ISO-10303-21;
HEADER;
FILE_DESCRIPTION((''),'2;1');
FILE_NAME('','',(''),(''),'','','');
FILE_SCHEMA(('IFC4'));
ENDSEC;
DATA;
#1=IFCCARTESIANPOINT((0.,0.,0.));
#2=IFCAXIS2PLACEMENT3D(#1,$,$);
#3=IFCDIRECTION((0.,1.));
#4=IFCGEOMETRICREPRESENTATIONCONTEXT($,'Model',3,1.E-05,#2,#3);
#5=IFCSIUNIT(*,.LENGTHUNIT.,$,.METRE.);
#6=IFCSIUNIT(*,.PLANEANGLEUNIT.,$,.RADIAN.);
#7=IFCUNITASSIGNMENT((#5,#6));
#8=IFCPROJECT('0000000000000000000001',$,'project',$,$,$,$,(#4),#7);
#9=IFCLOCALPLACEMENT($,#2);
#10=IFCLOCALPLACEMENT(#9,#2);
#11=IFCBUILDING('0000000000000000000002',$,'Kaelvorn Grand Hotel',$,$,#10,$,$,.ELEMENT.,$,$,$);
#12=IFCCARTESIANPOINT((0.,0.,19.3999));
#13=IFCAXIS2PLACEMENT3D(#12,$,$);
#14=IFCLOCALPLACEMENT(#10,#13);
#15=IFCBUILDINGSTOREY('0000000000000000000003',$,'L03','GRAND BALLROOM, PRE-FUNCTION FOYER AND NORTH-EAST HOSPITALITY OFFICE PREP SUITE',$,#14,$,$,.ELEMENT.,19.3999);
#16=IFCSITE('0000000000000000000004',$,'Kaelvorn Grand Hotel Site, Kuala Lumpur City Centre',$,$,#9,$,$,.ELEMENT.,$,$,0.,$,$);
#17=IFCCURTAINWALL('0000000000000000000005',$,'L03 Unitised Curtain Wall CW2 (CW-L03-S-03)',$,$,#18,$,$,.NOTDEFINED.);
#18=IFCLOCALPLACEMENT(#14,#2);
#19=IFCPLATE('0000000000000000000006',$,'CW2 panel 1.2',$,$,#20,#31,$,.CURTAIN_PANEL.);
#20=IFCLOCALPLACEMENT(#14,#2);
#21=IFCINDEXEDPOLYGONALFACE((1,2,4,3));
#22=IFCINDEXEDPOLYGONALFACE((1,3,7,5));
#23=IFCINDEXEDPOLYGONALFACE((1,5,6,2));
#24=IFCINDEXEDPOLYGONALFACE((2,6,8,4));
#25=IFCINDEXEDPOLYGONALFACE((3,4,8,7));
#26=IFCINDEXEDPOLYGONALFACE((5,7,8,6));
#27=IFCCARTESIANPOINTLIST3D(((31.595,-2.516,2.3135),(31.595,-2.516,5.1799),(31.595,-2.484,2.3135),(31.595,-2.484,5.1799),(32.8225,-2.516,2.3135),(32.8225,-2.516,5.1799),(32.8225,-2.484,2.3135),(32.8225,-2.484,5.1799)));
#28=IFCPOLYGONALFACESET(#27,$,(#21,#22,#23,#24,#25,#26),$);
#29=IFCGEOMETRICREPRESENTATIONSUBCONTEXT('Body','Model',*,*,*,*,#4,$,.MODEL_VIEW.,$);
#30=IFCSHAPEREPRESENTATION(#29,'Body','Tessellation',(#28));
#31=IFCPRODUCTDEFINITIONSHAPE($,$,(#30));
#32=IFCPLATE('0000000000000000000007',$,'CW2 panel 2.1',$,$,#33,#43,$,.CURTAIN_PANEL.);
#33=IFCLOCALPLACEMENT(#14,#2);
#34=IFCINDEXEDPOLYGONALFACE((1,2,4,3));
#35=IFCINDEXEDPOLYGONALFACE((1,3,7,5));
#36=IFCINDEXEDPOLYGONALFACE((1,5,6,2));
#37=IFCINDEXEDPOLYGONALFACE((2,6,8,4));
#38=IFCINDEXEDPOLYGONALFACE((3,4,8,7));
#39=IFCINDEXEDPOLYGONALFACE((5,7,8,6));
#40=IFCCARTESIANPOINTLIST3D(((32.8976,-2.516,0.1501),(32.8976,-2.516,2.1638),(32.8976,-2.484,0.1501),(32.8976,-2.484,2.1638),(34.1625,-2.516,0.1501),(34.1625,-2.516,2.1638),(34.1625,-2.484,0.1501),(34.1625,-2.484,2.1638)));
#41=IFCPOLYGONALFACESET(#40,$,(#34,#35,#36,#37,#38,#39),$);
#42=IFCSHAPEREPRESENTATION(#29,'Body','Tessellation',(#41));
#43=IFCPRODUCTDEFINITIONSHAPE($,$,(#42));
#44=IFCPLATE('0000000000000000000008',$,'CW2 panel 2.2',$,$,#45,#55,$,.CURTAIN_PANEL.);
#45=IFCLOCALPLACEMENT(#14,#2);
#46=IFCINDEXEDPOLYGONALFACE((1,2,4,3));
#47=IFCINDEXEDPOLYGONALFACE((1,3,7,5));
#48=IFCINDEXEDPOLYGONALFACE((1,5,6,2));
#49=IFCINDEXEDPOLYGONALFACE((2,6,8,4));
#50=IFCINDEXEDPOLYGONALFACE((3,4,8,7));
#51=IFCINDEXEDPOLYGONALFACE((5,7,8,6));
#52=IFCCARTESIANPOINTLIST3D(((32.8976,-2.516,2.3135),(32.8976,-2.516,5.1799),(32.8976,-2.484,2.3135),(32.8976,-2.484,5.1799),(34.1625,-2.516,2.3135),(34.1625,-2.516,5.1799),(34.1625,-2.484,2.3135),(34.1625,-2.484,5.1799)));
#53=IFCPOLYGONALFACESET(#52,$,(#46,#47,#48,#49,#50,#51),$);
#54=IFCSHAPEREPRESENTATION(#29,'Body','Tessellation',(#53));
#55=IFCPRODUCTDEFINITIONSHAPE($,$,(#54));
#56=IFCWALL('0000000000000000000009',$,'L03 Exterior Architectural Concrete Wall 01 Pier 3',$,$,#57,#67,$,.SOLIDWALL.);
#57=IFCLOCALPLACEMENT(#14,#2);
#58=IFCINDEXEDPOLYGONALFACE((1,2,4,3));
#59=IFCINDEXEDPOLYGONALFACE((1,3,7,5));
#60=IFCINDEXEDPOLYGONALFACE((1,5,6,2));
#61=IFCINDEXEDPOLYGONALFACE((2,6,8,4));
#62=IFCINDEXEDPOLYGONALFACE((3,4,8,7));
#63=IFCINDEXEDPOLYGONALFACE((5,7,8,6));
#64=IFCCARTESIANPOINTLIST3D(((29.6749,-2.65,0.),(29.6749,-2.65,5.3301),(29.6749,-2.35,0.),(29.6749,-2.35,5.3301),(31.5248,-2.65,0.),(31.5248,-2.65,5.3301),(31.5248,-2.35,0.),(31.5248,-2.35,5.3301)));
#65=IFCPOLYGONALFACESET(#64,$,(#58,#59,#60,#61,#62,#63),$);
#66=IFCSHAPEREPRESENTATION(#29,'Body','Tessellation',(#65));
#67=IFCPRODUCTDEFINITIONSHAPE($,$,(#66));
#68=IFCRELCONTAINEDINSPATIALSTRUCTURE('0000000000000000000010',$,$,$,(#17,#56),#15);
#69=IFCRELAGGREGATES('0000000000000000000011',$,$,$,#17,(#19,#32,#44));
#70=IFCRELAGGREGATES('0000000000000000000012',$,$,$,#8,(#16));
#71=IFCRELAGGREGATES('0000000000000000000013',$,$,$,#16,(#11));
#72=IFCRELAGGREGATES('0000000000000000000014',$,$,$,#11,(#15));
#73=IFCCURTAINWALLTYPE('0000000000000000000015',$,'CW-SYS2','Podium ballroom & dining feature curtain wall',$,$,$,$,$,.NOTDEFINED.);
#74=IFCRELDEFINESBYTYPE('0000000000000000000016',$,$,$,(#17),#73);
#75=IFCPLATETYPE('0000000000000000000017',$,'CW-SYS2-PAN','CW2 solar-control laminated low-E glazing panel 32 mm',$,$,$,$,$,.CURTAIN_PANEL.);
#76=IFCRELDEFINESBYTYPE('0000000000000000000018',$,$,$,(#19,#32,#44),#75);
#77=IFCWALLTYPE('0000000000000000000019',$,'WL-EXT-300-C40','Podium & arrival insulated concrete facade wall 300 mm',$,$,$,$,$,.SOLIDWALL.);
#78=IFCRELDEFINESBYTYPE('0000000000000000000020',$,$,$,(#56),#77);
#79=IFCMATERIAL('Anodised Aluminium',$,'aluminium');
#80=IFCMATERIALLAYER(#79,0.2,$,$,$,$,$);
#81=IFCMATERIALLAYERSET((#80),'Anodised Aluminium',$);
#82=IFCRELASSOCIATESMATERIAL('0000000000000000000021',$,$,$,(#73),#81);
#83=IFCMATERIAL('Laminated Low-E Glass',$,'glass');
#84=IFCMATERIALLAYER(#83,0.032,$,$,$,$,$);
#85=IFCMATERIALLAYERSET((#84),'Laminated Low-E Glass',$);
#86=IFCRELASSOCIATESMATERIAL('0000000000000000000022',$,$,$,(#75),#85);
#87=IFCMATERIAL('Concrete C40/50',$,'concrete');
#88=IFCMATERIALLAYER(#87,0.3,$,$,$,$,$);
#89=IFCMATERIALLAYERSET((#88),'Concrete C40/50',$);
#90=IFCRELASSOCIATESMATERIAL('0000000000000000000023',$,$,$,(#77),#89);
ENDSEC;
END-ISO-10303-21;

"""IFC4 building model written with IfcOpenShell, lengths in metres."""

from ifc_helpers import new_model, si_unit, direction, frame, frame_2d, origin, origin_2d, place, context, subcontext, project, spatial, rectangle, extrude, material, layer, layer_set, type_object, element, aggregate, save


model = new_model("IFC4")

# Units and contexts
model_context = context("Model", 3, precision=1e-05, world=origin(), true_north=direction((0.0, 1.0)))
body_context = subcontext(model_context, "Body", "Model", "MODEL_VIEW")
ifc_project = project(units=[si_unit("LENGTHUNIT", "METRE"), si_unit("PLANEANGLEUNIT", "RADIAN")], contexts=[model_context])

# Site, building, storey
site_placement = place(None, origin())
site = spatial("IfcSite", under=ifc_project, at=site_placement, Name="Kaelvorn Grand Hotel Site, Kuala Lumpur City Centre", CompositionType="ELEMENT", RefElevation=0.0)
building_placement = place(site_placement, origin())
building = spatial("IfcBuilding", under=site, at=building_placement, Name="Kaelvorn Grand Hotel", CompositionType="ELEMENT")
storey_placement = place(building_placement, frame((0.0, 0.0, 19.3999)))
storey = spatial("IfcBuildingStorey", under=building, at=storey_placement, Name="L03", Description="GRAND BALLROOM, PRE-FUNCTION FOYER AND NORTH-EAST HOSPITALITY OFFICE PREP SUITE", CompositionType="ELEMENT", Elevation=19.3999)

# Curtain wall
ifc_material_1 = material(Name="Anodised Aluminium", Category="aluminium")
ifc_layer_1 = layer(ifc_material_1, 0.2)
ifc_layer_set_1 = layer_set([ifc_layer_1], Name="Anodised Aluminium")
curtain_wall_type = type_object("IfcCurtainWallType", Name="CW-SYS2", Description="Podium ballroom & dining feature curtain wall", PredefinedType="NOTDEFINED", material=ifc_layer_set_1)
curtain_wall_1_placement = place(storey_placement, origin())
curtain_wall_1 = element("IfcCurtainWall", 1, at=curtain_wall_1_placement, inside=storey, type_object=curtain_wall_type, Name="L03 Unitised Curtain Wall CW2 (CW-L03-S-03)", PredefinedType="NOTDEFINED")

# Plates
ifc_material_2 = material(Name="Laminated Low-E Glass", Category="glass")
ifc_layer_2 = layer(ifc_material_2, 0.032)
ifc_layer_set_2 = layer_set([ifc_layer_2], Name="Laminated Low-E Glass")
plate_type = type_object("IfcPlateType", Name="CW-SYS2-PAN", Description="CW2 solar-control laminated low-E glazing panel 32 mm", PredefinedType="CURTAIN_PANEL", material=ifc_layer_set_2)
plate_1_placement = place(storey_placement, frame((32.2087, -2.5, 2.3135), z_axis=(0.0, 0.0, 1.0), x_axis=(1.0, 0.0, 0.0)))
plate_1 = element("IfcPlate", 2, at=plate_1_placement, type_object=plate_type, Name="CW2 panel 1.2", PredefinedType="CURTAIN_PANEL", context=body_context, shape_type="SweptSolid", body=[
    extrude(rectangle(XDim=1.2275, YDim=0.032, at=origin_2d()), origin(), (0.0, 0.0, 1.0), 2.8665),
])
plate_2_placement = place(storey_placement, frame((33.53, -2.5, 0.1501), z_axis=(0.0, 0.0, 1.0), x_axis=(1.0, 0.0, 0.0)))
plate_2 = element("IfcPlate", 3, at=plate_2_placement, type_object=plate_type, Name="CW2 panel 2.1", PredefinedType="CURTAIN_PANEL", context=body_context, shape_type="SweptSolid", body=[
    extrude(rectangle(XDim=1.2649, YDim=0.032, at=origin_2d()), origin(), (0.0, 0.0, 1.0), 2.0137),
])
plate_3_placement = place(storey_placement, frame((33.53, -2.5, 2.3135), z_axis=(0.0, 0.0, 1.0), x_axis=(1.0, 0.0, 0.0)))
plate_3 = element("IfcPlate", 4, at=plate_3_placement, type_object=plate_type, Name="CW2 panel 2.2", PredefinedType="CURTAIN_PANEL", context=body_context, shape_type="SweptSolid", body=[
    extrude(rectangle(XDim=1.2649, YDim=0.032, at=origin_2d()), origin(), (0.0, 0.0, 1.0), 2.8665),
])
aggregate(curtain_wall_1, [plate_1, plate_2, plate_3])

# Wall
ifc_material_3 = material(Name="Concrete C40/50", Category="concrete")
ifc_layer_3 = layer(ifc_material_3, 0.3)
ifc_layer_set_3 = layer_set([ifc_layer_3], Name="Concrete C40/50")
wall_type = type_object("IfcWallType", Name="WL-EXT-300-C40", Description="Podium & arrival insulated concrete facade wall 300 mm", PredefinedType="SOLIDWALL", material=ifc_layer_set_3)
wall_placement = place(storey_placement, frame((29.675, -2.5, 0.0), z_axis=(0.0, 0.0, 1.0), x_axis=(1.0, 0.0, 0.0)))
element("IfcWall", 5, at=wall_placement, inside=storey, type_object=wall_type, Name="L03 Exterior Architectural Concrete Wall 01 Pier 3", PredefinedType="SOLIDWALL", context=body_context, shape_type="SweptSolid", body=[
    extrude(rectangle(XDim=1.8499, YDim=0.3, at=frame_2d((0.9248, 0.0))), origin(), (0.0, 0.0, 1.0), 5.3301),
])

save(model, "model.ifc")
